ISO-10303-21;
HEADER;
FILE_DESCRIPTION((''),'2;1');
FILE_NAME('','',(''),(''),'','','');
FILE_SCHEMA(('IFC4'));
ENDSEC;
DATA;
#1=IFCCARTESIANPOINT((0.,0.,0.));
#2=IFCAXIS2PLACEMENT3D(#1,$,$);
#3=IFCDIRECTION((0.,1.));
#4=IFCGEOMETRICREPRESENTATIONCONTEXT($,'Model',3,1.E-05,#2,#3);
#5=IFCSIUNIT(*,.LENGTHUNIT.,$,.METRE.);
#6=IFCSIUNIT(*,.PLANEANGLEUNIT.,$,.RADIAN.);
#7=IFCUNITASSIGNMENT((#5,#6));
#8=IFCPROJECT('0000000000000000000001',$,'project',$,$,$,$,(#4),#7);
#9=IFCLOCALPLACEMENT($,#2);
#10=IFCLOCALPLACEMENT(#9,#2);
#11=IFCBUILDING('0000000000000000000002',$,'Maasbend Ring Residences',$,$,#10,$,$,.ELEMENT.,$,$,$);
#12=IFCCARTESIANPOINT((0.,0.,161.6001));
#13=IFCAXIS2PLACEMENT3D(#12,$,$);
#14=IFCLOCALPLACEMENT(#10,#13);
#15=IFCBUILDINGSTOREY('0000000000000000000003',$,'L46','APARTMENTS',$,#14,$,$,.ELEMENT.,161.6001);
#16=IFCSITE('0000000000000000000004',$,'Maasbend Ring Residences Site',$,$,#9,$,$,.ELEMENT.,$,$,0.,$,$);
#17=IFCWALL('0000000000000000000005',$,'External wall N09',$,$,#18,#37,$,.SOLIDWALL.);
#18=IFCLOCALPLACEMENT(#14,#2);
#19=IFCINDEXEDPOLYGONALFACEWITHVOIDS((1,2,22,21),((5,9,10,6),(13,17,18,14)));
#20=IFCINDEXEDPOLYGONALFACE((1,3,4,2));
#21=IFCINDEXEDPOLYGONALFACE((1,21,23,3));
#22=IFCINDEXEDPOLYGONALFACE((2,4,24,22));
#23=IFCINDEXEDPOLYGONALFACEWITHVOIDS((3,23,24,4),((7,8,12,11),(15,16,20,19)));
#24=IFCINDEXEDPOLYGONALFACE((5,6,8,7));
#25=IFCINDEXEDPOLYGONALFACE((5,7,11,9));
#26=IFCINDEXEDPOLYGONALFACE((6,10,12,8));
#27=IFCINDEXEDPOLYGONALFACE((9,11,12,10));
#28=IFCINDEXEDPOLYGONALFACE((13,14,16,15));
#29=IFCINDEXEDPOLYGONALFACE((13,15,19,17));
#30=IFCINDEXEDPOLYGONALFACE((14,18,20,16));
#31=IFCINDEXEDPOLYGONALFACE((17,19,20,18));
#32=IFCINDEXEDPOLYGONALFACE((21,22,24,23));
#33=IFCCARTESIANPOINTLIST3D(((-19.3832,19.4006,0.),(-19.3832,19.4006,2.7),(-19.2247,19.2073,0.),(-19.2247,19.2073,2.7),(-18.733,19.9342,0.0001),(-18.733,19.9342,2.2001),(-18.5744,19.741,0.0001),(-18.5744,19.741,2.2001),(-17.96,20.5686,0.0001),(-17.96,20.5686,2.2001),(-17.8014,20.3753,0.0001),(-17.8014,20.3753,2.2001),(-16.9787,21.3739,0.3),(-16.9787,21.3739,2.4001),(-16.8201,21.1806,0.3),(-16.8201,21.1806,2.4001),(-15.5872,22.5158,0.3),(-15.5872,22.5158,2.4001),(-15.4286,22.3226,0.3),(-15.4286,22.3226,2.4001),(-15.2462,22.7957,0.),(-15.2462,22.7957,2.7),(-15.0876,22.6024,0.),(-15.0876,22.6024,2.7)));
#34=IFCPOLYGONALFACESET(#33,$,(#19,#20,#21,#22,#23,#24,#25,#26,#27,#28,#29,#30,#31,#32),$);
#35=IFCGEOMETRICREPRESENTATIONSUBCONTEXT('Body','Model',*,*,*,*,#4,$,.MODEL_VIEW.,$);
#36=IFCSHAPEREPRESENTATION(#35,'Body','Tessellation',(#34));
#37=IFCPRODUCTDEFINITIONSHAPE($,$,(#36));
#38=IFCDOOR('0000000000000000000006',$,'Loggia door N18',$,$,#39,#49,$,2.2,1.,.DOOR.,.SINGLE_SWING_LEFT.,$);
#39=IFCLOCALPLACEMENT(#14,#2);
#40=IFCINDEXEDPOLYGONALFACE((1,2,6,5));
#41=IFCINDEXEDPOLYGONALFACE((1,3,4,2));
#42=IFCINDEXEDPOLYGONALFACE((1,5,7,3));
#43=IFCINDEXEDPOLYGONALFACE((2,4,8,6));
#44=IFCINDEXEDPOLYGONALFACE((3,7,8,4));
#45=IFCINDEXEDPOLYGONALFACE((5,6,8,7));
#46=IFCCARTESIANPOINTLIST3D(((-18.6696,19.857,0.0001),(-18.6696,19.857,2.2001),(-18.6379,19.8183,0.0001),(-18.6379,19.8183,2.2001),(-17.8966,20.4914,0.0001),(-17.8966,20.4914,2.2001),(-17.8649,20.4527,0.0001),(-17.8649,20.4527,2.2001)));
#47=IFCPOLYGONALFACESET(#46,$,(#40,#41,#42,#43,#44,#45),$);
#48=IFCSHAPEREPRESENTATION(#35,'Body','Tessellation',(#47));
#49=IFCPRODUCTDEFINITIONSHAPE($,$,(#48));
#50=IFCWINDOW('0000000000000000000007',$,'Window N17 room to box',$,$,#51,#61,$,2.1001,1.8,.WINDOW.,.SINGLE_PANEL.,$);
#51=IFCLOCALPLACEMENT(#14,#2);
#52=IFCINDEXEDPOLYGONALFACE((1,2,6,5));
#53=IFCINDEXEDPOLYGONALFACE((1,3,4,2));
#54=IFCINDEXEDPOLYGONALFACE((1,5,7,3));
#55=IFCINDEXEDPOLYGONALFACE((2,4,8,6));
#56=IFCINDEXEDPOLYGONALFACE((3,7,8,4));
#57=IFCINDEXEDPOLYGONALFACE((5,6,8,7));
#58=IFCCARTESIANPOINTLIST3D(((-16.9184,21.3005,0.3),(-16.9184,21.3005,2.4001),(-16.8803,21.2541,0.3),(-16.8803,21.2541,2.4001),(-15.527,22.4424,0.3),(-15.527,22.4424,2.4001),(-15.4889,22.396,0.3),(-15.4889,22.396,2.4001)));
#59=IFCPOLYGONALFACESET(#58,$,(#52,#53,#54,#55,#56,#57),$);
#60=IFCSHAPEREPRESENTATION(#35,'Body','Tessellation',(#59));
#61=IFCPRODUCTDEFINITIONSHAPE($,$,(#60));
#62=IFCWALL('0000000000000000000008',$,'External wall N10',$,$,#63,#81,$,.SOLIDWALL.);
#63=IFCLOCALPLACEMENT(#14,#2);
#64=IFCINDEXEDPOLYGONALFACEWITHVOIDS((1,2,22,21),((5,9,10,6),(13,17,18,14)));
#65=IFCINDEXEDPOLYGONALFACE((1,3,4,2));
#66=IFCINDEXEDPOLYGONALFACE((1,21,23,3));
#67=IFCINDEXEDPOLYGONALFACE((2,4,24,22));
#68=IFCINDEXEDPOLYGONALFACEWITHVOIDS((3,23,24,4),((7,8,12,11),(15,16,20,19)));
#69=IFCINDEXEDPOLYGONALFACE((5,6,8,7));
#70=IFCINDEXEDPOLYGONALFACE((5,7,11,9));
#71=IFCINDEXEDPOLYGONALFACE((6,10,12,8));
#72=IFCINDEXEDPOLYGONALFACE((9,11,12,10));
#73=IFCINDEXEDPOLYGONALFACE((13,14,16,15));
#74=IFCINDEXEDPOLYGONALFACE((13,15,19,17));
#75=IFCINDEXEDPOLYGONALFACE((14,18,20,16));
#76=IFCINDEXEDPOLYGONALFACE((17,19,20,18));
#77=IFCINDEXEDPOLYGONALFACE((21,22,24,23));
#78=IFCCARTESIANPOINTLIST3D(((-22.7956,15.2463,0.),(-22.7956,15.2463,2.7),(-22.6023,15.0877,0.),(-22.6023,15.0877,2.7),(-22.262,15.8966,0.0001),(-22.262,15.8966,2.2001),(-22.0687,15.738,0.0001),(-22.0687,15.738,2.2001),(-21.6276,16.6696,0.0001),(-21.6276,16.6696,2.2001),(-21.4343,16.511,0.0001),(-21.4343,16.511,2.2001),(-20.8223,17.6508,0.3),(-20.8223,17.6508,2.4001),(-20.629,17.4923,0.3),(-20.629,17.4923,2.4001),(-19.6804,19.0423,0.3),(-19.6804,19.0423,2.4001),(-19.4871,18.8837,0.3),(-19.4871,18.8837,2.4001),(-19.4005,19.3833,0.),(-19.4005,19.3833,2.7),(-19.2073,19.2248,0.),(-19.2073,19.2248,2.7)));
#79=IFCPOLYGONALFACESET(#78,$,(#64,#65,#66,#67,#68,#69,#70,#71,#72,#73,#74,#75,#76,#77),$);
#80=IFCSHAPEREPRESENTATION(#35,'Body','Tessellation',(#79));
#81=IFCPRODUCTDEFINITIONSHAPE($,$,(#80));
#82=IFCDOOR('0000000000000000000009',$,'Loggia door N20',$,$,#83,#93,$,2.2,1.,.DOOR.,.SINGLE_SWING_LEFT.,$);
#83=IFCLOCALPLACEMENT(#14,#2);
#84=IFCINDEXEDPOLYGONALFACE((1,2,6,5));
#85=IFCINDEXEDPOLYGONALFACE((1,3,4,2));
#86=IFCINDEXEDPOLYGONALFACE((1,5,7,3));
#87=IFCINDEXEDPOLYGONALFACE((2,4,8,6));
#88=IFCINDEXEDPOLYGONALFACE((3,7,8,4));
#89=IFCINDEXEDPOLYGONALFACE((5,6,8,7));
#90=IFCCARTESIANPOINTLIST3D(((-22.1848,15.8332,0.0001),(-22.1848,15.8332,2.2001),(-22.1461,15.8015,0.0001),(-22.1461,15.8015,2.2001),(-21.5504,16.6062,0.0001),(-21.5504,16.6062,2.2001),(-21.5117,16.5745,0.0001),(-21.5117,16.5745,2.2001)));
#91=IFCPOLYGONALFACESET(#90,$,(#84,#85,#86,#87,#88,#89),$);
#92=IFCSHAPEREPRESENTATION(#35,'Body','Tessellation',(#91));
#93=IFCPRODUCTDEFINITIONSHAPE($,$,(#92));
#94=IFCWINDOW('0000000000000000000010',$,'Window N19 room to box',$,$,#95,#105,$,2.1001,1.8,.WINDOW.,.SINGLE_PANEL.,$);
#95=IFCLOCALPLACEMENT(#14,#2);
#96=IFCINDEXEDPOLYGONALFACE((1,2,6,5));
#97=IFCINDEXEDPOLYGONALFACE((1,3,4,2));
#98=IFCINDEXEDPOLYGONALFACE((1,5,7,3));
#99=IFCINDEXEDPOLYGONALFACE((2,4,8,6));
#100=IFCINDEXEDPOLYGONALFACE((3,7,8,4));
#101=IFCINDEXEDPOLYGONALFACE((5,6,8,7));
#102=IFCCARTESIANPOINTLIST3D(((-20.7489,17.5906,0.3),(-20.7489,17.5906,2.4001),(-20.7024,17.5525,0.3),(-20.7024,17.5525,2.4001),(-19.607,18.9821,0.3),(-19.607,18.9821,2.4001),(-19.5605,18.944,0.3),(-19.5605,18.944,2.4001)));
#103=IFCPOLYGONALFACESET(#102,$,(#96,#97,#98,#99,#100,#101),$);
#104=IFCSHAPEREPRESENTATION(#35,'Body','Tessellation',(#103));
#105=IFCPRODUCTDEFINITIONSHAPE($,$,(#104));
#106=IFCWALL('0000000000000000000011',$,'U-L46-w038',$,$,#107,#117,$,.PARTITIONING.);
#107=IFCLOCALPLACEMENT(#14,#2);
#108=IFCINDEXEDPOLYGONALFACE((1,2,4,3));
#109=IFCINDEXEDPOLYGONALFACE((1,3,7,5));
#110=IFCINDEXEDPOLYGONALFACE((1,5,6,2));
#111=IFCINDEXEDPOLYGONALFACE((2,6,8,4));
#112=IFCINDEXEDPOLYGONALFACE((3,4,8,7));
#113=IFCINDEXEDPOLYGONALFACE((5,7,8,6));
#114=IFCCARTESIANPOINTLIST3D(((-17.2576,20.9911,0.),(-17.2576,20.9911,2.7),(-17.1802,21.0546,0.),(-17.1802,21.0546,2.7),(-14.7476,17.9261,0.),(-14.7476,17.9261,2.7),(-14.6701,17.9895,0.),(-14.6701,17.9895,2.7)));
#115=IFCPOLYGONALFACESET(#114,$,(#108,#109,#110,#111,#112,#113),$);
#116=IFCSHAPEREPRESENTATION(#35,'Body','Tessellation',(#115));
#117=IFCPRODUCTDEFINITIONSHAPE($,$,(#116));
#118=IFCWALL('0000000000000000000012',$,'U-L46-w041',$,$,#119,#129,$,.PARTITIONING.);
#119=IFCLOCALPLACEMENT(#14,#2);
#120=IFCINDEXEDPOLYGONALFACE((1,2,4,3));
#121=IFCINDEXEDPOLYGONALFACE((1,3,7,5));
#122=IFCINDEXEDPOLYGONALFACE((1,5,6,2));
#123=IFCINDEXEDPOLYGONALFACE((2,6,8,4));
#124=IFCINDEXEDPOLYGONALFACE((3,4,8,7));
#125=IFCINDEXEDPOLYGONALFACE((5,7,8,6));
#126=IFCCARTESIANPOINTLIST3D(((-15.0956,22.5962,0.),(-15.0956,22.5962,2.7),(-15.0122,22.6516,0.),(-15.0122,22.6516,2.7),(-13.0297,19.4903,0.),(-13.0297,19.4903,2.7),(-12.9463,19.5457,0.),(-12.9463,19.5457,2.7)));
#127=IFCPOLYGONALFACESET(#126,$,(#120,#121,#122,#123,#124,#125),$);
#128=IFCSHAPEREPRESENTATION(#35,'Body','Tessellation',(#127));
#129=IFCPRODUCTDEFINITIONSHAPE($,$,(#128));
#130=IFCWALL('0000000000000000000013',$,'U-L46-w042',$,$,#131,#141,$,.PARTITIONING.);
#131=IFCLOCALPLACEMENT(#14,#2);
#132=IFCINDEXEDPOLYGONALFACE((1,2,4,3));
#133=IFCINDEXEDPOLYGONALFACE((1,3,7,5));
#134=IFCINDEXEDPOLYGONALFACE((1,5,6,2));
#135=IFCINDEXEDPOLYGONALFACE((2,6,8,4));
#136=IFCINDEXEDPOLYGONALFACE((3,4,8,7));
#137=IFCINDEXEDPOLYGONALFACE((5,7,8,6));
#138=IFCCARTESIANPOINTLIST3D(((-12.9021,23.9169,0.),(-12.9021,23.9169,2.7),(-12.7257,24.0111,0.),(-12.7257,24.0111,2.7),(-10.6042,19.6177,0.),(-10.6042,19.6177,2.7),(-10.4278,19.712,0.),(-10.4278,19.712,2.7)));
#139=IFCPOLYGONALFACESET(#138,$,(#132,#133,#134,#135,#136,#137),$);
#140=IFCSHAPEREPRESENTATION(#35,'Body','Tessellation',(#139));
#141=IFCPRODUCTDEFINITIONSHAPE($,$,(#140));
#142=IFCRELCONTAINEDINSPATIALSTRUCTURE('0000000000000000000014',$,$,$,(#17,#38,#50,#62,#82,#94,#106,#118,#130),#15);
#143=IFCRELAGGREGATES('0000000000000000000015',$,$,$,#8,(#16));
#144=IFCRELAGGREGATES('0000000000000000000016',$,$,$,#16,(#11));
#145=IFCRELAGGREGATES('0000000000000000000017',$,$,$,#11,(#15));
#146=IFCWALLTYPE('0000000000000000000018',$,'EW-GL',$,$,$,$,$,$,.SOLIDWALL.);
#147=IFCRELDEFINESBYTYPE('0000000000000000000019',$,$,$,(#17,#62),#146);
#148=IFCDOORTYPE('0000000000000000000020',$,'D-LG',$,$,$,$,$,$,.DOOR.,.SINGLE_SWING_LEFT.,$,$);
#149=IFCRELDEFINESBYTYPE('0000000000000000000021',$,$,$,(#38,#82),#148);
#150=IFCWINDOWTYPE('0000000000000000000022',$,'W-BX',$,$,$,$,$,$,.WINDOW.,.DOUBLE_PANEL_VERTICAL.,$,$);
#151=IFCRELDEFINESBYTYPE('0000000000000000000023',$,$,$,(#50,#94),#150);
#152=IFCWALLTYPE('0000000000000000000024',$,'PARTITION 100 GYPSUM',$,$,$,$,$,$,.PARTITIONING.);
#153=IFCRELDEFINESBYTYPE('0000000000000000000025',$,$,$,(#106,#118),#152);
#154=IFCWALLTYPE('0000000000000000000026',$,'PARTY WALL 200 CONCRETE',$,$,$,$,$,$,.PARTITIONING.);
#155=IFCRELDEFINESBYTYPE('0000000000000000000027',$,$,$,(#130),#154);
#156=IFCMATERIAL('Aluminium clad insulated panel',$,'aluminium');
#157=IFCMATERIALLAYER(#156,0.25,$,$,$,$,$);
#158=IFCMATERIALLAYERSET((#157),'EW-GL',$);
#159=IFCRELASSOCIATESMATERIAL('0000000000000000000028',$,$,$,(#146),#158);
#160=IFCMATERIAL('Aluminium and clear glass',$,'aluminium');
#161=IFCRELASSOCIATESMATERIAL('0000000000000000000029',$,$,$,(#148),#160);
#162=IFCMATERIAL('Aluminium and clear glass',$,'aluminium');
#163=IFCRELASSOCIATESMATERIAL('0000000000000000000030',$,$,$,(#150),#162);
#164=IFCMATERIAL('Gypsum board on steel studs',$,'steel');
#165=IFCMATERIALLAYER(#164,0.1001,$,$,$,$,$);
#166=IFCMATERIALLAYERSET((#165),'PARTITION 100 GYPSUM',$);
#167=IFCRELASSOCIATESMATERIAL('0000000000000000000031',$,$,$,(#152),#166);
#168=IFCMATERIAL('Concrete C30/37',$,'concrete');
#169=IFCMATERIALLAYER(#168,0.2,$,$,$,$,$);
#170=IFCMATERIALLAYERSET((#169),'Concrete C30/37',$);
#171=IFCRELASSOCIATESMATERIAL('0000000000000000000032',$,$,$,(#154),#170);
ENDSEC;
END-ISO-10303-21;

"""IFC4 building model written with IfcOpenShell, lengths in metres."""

from ifc_helpers import new_model, si_unit, direction, frame, frame_2d, origin, place, context, subcontext, project, spatial, rectangle, extrude, material, layer, layer_set, type_object, element, fill, save


model = new_model("IFC4")

# Units and contexts
model_context = context("Model", 3, precision=1e-05, world=origin(), true_north=direction((0.0, 1.0)))
body_context = subcontext(model_context, "Body", "Model", "MODEL_VIEW")
ifc_project = project(units=[si_unit("LENGTHUNIT", "METRE"), si_unit("PLANEANGLEUNIT", "RADIAN")], contexts=[model_context])

# Site, building, storey
site_placement = place(None, origin())
site = spatial("IfcSite", under=ifc_project, at=site_placement, Name="Maasbend Ring Residences Site", CompositionType="ELEMENT", RefElevation=0.0)
building_placement = place(site_placement, origin())
building = spatial("IfcBuilding", under=site, at=building_placement, Name="Maasbend Ring Residences", CompositionType="ELEMENT")
storey_placement = place(building_placement, frame((0.0, 0.0, 161.6001)))
storey = spatial("IfcBuildingStorey", under=building, at=storey_placement, Name="L46", Description="APARTMENTS", CompositionType="ELEMENT", Elevation=161.6001)

# Walls, openings, doors, windows
ifc_material_1 = material(Name="Aluminium clad insulated panel", Category="aluminium")
ifc_layer_1 = layer(ifc_material_1, 0.25)
ifc_layer_set_1 = layer_set([ifc_layer_1], Name="EW-GL")
wall_type_1 = type_object("IfcWallType", Name="EW-GL", PredefinedType="SOLIDWALL", material=ifc_layer_set_1)
wall_1_placement = place(storey_placement, frame((-15.167, 22.699, 0.0), z_axis=(0.0, 0.0, 1.0), x_axis=(-0.773019, -0.634382, 0.0)))
wall_1 = element("IfcWall", 1, at=wall_1_placement, inside=storey, type_object=wall_type_1, Name="External wall N09", PredefinedType="SOLIDWALL", context=body_context, shape_type="SweptSolid", body=[
    extrude(rectangle(XDim=5.3518, YDim=0.25, at=frame_2d((2.6758, 0.0))), origin(), (0.0, 0.0, 1.0), 2.7),
])
opening_1_placement = place(wall_1_placement, frame((0.4412, 0.0, 0.3)))
opening_1 = element("IfcOpeningElement", 2, at=opening_1_placement, cuts=wall_1, PredefinedType="OPENING", context=body_context, shape_type="SweptSolid", body=[
    extrude(rectangle(XDim=1.8, YDim=2.1001, at=frame_2d((0.8999, 1.05))), frame((0.0, 0.135, 0.0), z_axis=(0.0, -1.0, 0.0), x_axis=(1.0, 0.0, 0.0)), (0.0, 0.0, 1.0), 0.27),
])
opening_2_placement = place(wall_1_placement, frame((3.5105, 0.0, 0.0)))
opening_2 = element("IfcOpeningElement", 3, at=opening_2_placement, cuts=wall_1, PredefinedType="OPENING", context=body_context, shape_type="SweptSolid", body=[
    extrude(rectangle(XDim=1.0, YDim=2.2, at=frame_2d((0.5, 1.1001))), frame((0.0, 0.135, 0.0), z_axis=(0.0, -1.0, 0.0), x_axis=(1.0, 0.0, 0.0)), (0.0, 0.0, 1.0), 0.27),
])
ifc_material_2 = material(Name="Aluminium and clear glass", Category="aluminium")
door_type = type_object("IfcDoorType", Name="D-LG", OperationType="SINGLE_SWING_LEFT", PredefinedType="DOOR", material=ifc_material_2)
door_1_placement = place(opening_2_placement, origin())
door_1 = element("IfcDoor", 4, at=door_1_placement, inside=storey, type_object=door_type, Name="Loggia door N18", OperationType="SINGLE_SWING_LEFT", OverallHeight=2.2, OverallWidth=1.0, PredefinedType="DOOR", context=body_context, shape_type="SweptSolid", body=[
    extrude(rectangle(XDim=1.0, YDim=2.2, at=frame_2d((0.5, 1.1001))), frame((0.0, 0.0249, 0.0), z_axis=(0.0, -1.0, 0.0), x_axis=(1.0, 0.0, 0.0)), (0.0, 0.0, 1.0), 0.05),
])
fill(opening_2, door_1)
ifc_material_3 = material(Name="Aluminium and clear glass", Category="aluminium")
window_type_1 = type_object("IfcWindowType", Name="W-BX", PartitioningType="DOUBLE_PANEL_VERTICAL", PredefinedType="WINDOW", material=ifc_material_3)
window_1_placement = place(opening_1_placement, origin())
window_1 = element("IfcWindow", 5, at=window_1_placement, inside=storey, type_object=window_type_1, Name="Window N17 room to box", OverallHeight=2.1001, OverallWidth=1.8, PartitioningType="SINGLE_PANEL", PredefinedType="WINDOW", context=body_context, shape_type="SweptSolid", body=[
    extrude(rectangle(XDim=1.8, YDim=2.1001, at=frame_2d((0.8999, 1.05))), frame((0.0, 0.03, 0.0), z_axis=(0.0, -1.0, 0.0), x_axis=(1.0, 0.0, 0.0)), (0.0, 0.0, 1.0), 0.0601),
])
fill(opening_1, window_1)
wall_2_placement = place(storey_placement, frame((-19.304, 19.304, 0.0), z_axis=(0.0, 0.0, 1.0), x_axis=(-0.634382, -0.773019, 0.0)))
wall_2 = element("IfcWall", 6, at=wall_2_placement, inside=storey, type_object=wall_type_1, Name="External wall N10", PredefinedType="SOLIDWALL", context=body_context, shape_type="SweptSolid", body=[
    extrude(rectangle(XDim=5.3518, YDim=0.25, at=frame_2d((2.6758, 0.0))), origin(), (0.0, 0.0, 1.0), 2.7),
])
opening_3_placement = place(wall_2_placement, frame((0.4412, 0.0, 0.3)))
opening_3 = element("IfcOpeningElement", 7, at=opening_3_placement, cuts=wall_2, PredefinedType="OPENING", context=body_context, shape_type="SweptSolid", body=[
    extrude(rectangle(XDim=1.8, YDim=2.1001, at=frame_2d((0.8999, 1.05))), frame((0.0, 0.135, 0.0), z_axis=(0.0, -1.0, 0.0), x_axis=(1.0, 0.0, 0.0)), (0.0, 0.0, 1.0), 0.27),
])
opening_4_placement = place(wall_2_placement, frame((3.5105, 0.0, 0.0)))
opening_4 = element("IfcOpeningElement", 8, at=opening_4_placement, cuts=wall_2, PredefinedType="OPENING", context=body_context, shape_type="SweptSolid", body=[
    extrude(rectangle(XDim=1.0, YDim=2.2, at=frame_2d((0.5, 1.1001))), frame((0.0, 0.135, 0.0), z_axis=(0.0, -1.0, 0.0), x_axis=(1.0, 0.0, 0.0)), (0.0, 0.0, 1.0), 0.27),
])
door_2_placement = place(opening_4_placement, origin())
door_2 = element("IfcDoor", 9, at=door_2_placement, inside=storey, type_object=door_type, Name="Loggia door N20", OperationType="SINGLE_SWING_LEFT", OverallHeight=2.2, OverallWidth=1.0, PredefinedType="DOOR", context=body_context, shape_type="SweptSolid", body=[
    extrude(rectangle(XDim=1.0, YDim=2.2, at=frame_2d((0.5, 1.1001))), frame((0.0, 0.0249, 0.0), z_axis=(0.0, -1.0, 0.0), x_axis=(1.0, 0.0, 0.0)), (0.0, 0.0, 1.0), 0.05),
])
fill(opening_4, door_2)
window_2_placement = place(opening_3_placement, origin())
window_2 = element("IfcWindow", 10, at=window_2_placement, inside=storey, type_object=window_type_1, Name="Window N19 room to box", OverallHeight=2.1001, OverallWidth=1.8, PartitioningType="SINGLE_PANEL", PredefinedType="WINDOW", context=body_context, shape_type="SweptSolid", body=[
    extrude(rectangle(XDim=1.8, YDim=2.1001, at=frame_2d((0.8999, 1.05))), frame((0.0, 0.03, 0.0), z_axis=(0.0, -1.0, 0.0), x_axis=(1.0, 0.0, 0.0)), (0.0, 0.0, 1.0), 0.0601),
])
fill(opening_3, window_2)

# Walls
ifc_material_4 = material(Name="Gypsum board on steel studs", Category="steel")
ifc_layer_2 = layer(ifc_material_4, 0.1001)
ifc_layer_set_2 = layer_set([ifc_layer_2], Name="PARTITION 100 GYPSUM")
wall_type_2 = type_object("IfcWallType", Name="PARTITION 100 GYPSUM", PredefinedType="PARTITIONING", material=ifc_layer_set_2)
wall_3_placement = place(storey_placement, frame((-17.219, 21.0229, 0.0), z_axis=(0.0, 0.0, 1.0), x_axis=(0.63359, -0.773669, 0.0)))
element("IfcWall", 11, at=wall_3_placement, inside=storey, type_object=wall_type_2, Name="U-L46-w038", PredefinedType="PARTITIONING", context=body_context, shape_type="SweptSolid", body=[
    extrude(rectangle(XDim=3.9617, YDim=0.1001, at=frame_2d((1.981, 0.0))), origin(), (0.0, 0.0, 1.0), 2.7),
])
wall_4_placement = place(storey_placement, frame((-15.054, 22.624, 0.0), z_axis=(0.0, 0.0, 1.0), x_axis=(0.553824, -0.832634, 0.0)))
element("IfcWall", 12, at=wall_4_placement, inside=storey, type_object=wall_type_2, Name="U-L46-w041", PredefinedType="PARTITIONING", context=body_context, shape_type="SweptSolid", body=[
    extrude(rectangle(XDim=3.7302, YDim=0.1001, at=frame_2d((1.8652, 0.0))), origin(), (0.0, 0.0, 1.0), 2.7),
])
ifc_material_5 = material(Name="Concrete C30/37", Category="concrete")
ifc_layer_3 = layer(ifc_material_5, 0.2)
ifc_layer_set_3 = layer_set([ifc_layer_3], Name="Concrete C30/37")
wall_type_3 = type_object("IfcWallType", Name="PARTY WALL 200 CONCRETE", PredefinedType="PARTITIONING", material=ifc_layer_set_3)
wall_5_placement = place(storey_placement, frame((-12.814, 23.9641, 0.0), z_axis=(0.0, 0.0, 1.0), x_axis=(0.471389, -0.881926, 0.0)))
element("IfcWall", 13, at=wall_5_placement, inside=storey, type_object=wall_type_3, Name="U-L46-w042", PredefinedType="PARTITIONING", context=body_context, shape_type="SweptSolid", body=[
    extrude(rectangle(XDim=4.8748, YDim=0.2, at=frame_2d((2.4375, 0.0))), origin(), (0.0, 0.0, 1.0), 2.7),
])

save(model, "model.ifc")
